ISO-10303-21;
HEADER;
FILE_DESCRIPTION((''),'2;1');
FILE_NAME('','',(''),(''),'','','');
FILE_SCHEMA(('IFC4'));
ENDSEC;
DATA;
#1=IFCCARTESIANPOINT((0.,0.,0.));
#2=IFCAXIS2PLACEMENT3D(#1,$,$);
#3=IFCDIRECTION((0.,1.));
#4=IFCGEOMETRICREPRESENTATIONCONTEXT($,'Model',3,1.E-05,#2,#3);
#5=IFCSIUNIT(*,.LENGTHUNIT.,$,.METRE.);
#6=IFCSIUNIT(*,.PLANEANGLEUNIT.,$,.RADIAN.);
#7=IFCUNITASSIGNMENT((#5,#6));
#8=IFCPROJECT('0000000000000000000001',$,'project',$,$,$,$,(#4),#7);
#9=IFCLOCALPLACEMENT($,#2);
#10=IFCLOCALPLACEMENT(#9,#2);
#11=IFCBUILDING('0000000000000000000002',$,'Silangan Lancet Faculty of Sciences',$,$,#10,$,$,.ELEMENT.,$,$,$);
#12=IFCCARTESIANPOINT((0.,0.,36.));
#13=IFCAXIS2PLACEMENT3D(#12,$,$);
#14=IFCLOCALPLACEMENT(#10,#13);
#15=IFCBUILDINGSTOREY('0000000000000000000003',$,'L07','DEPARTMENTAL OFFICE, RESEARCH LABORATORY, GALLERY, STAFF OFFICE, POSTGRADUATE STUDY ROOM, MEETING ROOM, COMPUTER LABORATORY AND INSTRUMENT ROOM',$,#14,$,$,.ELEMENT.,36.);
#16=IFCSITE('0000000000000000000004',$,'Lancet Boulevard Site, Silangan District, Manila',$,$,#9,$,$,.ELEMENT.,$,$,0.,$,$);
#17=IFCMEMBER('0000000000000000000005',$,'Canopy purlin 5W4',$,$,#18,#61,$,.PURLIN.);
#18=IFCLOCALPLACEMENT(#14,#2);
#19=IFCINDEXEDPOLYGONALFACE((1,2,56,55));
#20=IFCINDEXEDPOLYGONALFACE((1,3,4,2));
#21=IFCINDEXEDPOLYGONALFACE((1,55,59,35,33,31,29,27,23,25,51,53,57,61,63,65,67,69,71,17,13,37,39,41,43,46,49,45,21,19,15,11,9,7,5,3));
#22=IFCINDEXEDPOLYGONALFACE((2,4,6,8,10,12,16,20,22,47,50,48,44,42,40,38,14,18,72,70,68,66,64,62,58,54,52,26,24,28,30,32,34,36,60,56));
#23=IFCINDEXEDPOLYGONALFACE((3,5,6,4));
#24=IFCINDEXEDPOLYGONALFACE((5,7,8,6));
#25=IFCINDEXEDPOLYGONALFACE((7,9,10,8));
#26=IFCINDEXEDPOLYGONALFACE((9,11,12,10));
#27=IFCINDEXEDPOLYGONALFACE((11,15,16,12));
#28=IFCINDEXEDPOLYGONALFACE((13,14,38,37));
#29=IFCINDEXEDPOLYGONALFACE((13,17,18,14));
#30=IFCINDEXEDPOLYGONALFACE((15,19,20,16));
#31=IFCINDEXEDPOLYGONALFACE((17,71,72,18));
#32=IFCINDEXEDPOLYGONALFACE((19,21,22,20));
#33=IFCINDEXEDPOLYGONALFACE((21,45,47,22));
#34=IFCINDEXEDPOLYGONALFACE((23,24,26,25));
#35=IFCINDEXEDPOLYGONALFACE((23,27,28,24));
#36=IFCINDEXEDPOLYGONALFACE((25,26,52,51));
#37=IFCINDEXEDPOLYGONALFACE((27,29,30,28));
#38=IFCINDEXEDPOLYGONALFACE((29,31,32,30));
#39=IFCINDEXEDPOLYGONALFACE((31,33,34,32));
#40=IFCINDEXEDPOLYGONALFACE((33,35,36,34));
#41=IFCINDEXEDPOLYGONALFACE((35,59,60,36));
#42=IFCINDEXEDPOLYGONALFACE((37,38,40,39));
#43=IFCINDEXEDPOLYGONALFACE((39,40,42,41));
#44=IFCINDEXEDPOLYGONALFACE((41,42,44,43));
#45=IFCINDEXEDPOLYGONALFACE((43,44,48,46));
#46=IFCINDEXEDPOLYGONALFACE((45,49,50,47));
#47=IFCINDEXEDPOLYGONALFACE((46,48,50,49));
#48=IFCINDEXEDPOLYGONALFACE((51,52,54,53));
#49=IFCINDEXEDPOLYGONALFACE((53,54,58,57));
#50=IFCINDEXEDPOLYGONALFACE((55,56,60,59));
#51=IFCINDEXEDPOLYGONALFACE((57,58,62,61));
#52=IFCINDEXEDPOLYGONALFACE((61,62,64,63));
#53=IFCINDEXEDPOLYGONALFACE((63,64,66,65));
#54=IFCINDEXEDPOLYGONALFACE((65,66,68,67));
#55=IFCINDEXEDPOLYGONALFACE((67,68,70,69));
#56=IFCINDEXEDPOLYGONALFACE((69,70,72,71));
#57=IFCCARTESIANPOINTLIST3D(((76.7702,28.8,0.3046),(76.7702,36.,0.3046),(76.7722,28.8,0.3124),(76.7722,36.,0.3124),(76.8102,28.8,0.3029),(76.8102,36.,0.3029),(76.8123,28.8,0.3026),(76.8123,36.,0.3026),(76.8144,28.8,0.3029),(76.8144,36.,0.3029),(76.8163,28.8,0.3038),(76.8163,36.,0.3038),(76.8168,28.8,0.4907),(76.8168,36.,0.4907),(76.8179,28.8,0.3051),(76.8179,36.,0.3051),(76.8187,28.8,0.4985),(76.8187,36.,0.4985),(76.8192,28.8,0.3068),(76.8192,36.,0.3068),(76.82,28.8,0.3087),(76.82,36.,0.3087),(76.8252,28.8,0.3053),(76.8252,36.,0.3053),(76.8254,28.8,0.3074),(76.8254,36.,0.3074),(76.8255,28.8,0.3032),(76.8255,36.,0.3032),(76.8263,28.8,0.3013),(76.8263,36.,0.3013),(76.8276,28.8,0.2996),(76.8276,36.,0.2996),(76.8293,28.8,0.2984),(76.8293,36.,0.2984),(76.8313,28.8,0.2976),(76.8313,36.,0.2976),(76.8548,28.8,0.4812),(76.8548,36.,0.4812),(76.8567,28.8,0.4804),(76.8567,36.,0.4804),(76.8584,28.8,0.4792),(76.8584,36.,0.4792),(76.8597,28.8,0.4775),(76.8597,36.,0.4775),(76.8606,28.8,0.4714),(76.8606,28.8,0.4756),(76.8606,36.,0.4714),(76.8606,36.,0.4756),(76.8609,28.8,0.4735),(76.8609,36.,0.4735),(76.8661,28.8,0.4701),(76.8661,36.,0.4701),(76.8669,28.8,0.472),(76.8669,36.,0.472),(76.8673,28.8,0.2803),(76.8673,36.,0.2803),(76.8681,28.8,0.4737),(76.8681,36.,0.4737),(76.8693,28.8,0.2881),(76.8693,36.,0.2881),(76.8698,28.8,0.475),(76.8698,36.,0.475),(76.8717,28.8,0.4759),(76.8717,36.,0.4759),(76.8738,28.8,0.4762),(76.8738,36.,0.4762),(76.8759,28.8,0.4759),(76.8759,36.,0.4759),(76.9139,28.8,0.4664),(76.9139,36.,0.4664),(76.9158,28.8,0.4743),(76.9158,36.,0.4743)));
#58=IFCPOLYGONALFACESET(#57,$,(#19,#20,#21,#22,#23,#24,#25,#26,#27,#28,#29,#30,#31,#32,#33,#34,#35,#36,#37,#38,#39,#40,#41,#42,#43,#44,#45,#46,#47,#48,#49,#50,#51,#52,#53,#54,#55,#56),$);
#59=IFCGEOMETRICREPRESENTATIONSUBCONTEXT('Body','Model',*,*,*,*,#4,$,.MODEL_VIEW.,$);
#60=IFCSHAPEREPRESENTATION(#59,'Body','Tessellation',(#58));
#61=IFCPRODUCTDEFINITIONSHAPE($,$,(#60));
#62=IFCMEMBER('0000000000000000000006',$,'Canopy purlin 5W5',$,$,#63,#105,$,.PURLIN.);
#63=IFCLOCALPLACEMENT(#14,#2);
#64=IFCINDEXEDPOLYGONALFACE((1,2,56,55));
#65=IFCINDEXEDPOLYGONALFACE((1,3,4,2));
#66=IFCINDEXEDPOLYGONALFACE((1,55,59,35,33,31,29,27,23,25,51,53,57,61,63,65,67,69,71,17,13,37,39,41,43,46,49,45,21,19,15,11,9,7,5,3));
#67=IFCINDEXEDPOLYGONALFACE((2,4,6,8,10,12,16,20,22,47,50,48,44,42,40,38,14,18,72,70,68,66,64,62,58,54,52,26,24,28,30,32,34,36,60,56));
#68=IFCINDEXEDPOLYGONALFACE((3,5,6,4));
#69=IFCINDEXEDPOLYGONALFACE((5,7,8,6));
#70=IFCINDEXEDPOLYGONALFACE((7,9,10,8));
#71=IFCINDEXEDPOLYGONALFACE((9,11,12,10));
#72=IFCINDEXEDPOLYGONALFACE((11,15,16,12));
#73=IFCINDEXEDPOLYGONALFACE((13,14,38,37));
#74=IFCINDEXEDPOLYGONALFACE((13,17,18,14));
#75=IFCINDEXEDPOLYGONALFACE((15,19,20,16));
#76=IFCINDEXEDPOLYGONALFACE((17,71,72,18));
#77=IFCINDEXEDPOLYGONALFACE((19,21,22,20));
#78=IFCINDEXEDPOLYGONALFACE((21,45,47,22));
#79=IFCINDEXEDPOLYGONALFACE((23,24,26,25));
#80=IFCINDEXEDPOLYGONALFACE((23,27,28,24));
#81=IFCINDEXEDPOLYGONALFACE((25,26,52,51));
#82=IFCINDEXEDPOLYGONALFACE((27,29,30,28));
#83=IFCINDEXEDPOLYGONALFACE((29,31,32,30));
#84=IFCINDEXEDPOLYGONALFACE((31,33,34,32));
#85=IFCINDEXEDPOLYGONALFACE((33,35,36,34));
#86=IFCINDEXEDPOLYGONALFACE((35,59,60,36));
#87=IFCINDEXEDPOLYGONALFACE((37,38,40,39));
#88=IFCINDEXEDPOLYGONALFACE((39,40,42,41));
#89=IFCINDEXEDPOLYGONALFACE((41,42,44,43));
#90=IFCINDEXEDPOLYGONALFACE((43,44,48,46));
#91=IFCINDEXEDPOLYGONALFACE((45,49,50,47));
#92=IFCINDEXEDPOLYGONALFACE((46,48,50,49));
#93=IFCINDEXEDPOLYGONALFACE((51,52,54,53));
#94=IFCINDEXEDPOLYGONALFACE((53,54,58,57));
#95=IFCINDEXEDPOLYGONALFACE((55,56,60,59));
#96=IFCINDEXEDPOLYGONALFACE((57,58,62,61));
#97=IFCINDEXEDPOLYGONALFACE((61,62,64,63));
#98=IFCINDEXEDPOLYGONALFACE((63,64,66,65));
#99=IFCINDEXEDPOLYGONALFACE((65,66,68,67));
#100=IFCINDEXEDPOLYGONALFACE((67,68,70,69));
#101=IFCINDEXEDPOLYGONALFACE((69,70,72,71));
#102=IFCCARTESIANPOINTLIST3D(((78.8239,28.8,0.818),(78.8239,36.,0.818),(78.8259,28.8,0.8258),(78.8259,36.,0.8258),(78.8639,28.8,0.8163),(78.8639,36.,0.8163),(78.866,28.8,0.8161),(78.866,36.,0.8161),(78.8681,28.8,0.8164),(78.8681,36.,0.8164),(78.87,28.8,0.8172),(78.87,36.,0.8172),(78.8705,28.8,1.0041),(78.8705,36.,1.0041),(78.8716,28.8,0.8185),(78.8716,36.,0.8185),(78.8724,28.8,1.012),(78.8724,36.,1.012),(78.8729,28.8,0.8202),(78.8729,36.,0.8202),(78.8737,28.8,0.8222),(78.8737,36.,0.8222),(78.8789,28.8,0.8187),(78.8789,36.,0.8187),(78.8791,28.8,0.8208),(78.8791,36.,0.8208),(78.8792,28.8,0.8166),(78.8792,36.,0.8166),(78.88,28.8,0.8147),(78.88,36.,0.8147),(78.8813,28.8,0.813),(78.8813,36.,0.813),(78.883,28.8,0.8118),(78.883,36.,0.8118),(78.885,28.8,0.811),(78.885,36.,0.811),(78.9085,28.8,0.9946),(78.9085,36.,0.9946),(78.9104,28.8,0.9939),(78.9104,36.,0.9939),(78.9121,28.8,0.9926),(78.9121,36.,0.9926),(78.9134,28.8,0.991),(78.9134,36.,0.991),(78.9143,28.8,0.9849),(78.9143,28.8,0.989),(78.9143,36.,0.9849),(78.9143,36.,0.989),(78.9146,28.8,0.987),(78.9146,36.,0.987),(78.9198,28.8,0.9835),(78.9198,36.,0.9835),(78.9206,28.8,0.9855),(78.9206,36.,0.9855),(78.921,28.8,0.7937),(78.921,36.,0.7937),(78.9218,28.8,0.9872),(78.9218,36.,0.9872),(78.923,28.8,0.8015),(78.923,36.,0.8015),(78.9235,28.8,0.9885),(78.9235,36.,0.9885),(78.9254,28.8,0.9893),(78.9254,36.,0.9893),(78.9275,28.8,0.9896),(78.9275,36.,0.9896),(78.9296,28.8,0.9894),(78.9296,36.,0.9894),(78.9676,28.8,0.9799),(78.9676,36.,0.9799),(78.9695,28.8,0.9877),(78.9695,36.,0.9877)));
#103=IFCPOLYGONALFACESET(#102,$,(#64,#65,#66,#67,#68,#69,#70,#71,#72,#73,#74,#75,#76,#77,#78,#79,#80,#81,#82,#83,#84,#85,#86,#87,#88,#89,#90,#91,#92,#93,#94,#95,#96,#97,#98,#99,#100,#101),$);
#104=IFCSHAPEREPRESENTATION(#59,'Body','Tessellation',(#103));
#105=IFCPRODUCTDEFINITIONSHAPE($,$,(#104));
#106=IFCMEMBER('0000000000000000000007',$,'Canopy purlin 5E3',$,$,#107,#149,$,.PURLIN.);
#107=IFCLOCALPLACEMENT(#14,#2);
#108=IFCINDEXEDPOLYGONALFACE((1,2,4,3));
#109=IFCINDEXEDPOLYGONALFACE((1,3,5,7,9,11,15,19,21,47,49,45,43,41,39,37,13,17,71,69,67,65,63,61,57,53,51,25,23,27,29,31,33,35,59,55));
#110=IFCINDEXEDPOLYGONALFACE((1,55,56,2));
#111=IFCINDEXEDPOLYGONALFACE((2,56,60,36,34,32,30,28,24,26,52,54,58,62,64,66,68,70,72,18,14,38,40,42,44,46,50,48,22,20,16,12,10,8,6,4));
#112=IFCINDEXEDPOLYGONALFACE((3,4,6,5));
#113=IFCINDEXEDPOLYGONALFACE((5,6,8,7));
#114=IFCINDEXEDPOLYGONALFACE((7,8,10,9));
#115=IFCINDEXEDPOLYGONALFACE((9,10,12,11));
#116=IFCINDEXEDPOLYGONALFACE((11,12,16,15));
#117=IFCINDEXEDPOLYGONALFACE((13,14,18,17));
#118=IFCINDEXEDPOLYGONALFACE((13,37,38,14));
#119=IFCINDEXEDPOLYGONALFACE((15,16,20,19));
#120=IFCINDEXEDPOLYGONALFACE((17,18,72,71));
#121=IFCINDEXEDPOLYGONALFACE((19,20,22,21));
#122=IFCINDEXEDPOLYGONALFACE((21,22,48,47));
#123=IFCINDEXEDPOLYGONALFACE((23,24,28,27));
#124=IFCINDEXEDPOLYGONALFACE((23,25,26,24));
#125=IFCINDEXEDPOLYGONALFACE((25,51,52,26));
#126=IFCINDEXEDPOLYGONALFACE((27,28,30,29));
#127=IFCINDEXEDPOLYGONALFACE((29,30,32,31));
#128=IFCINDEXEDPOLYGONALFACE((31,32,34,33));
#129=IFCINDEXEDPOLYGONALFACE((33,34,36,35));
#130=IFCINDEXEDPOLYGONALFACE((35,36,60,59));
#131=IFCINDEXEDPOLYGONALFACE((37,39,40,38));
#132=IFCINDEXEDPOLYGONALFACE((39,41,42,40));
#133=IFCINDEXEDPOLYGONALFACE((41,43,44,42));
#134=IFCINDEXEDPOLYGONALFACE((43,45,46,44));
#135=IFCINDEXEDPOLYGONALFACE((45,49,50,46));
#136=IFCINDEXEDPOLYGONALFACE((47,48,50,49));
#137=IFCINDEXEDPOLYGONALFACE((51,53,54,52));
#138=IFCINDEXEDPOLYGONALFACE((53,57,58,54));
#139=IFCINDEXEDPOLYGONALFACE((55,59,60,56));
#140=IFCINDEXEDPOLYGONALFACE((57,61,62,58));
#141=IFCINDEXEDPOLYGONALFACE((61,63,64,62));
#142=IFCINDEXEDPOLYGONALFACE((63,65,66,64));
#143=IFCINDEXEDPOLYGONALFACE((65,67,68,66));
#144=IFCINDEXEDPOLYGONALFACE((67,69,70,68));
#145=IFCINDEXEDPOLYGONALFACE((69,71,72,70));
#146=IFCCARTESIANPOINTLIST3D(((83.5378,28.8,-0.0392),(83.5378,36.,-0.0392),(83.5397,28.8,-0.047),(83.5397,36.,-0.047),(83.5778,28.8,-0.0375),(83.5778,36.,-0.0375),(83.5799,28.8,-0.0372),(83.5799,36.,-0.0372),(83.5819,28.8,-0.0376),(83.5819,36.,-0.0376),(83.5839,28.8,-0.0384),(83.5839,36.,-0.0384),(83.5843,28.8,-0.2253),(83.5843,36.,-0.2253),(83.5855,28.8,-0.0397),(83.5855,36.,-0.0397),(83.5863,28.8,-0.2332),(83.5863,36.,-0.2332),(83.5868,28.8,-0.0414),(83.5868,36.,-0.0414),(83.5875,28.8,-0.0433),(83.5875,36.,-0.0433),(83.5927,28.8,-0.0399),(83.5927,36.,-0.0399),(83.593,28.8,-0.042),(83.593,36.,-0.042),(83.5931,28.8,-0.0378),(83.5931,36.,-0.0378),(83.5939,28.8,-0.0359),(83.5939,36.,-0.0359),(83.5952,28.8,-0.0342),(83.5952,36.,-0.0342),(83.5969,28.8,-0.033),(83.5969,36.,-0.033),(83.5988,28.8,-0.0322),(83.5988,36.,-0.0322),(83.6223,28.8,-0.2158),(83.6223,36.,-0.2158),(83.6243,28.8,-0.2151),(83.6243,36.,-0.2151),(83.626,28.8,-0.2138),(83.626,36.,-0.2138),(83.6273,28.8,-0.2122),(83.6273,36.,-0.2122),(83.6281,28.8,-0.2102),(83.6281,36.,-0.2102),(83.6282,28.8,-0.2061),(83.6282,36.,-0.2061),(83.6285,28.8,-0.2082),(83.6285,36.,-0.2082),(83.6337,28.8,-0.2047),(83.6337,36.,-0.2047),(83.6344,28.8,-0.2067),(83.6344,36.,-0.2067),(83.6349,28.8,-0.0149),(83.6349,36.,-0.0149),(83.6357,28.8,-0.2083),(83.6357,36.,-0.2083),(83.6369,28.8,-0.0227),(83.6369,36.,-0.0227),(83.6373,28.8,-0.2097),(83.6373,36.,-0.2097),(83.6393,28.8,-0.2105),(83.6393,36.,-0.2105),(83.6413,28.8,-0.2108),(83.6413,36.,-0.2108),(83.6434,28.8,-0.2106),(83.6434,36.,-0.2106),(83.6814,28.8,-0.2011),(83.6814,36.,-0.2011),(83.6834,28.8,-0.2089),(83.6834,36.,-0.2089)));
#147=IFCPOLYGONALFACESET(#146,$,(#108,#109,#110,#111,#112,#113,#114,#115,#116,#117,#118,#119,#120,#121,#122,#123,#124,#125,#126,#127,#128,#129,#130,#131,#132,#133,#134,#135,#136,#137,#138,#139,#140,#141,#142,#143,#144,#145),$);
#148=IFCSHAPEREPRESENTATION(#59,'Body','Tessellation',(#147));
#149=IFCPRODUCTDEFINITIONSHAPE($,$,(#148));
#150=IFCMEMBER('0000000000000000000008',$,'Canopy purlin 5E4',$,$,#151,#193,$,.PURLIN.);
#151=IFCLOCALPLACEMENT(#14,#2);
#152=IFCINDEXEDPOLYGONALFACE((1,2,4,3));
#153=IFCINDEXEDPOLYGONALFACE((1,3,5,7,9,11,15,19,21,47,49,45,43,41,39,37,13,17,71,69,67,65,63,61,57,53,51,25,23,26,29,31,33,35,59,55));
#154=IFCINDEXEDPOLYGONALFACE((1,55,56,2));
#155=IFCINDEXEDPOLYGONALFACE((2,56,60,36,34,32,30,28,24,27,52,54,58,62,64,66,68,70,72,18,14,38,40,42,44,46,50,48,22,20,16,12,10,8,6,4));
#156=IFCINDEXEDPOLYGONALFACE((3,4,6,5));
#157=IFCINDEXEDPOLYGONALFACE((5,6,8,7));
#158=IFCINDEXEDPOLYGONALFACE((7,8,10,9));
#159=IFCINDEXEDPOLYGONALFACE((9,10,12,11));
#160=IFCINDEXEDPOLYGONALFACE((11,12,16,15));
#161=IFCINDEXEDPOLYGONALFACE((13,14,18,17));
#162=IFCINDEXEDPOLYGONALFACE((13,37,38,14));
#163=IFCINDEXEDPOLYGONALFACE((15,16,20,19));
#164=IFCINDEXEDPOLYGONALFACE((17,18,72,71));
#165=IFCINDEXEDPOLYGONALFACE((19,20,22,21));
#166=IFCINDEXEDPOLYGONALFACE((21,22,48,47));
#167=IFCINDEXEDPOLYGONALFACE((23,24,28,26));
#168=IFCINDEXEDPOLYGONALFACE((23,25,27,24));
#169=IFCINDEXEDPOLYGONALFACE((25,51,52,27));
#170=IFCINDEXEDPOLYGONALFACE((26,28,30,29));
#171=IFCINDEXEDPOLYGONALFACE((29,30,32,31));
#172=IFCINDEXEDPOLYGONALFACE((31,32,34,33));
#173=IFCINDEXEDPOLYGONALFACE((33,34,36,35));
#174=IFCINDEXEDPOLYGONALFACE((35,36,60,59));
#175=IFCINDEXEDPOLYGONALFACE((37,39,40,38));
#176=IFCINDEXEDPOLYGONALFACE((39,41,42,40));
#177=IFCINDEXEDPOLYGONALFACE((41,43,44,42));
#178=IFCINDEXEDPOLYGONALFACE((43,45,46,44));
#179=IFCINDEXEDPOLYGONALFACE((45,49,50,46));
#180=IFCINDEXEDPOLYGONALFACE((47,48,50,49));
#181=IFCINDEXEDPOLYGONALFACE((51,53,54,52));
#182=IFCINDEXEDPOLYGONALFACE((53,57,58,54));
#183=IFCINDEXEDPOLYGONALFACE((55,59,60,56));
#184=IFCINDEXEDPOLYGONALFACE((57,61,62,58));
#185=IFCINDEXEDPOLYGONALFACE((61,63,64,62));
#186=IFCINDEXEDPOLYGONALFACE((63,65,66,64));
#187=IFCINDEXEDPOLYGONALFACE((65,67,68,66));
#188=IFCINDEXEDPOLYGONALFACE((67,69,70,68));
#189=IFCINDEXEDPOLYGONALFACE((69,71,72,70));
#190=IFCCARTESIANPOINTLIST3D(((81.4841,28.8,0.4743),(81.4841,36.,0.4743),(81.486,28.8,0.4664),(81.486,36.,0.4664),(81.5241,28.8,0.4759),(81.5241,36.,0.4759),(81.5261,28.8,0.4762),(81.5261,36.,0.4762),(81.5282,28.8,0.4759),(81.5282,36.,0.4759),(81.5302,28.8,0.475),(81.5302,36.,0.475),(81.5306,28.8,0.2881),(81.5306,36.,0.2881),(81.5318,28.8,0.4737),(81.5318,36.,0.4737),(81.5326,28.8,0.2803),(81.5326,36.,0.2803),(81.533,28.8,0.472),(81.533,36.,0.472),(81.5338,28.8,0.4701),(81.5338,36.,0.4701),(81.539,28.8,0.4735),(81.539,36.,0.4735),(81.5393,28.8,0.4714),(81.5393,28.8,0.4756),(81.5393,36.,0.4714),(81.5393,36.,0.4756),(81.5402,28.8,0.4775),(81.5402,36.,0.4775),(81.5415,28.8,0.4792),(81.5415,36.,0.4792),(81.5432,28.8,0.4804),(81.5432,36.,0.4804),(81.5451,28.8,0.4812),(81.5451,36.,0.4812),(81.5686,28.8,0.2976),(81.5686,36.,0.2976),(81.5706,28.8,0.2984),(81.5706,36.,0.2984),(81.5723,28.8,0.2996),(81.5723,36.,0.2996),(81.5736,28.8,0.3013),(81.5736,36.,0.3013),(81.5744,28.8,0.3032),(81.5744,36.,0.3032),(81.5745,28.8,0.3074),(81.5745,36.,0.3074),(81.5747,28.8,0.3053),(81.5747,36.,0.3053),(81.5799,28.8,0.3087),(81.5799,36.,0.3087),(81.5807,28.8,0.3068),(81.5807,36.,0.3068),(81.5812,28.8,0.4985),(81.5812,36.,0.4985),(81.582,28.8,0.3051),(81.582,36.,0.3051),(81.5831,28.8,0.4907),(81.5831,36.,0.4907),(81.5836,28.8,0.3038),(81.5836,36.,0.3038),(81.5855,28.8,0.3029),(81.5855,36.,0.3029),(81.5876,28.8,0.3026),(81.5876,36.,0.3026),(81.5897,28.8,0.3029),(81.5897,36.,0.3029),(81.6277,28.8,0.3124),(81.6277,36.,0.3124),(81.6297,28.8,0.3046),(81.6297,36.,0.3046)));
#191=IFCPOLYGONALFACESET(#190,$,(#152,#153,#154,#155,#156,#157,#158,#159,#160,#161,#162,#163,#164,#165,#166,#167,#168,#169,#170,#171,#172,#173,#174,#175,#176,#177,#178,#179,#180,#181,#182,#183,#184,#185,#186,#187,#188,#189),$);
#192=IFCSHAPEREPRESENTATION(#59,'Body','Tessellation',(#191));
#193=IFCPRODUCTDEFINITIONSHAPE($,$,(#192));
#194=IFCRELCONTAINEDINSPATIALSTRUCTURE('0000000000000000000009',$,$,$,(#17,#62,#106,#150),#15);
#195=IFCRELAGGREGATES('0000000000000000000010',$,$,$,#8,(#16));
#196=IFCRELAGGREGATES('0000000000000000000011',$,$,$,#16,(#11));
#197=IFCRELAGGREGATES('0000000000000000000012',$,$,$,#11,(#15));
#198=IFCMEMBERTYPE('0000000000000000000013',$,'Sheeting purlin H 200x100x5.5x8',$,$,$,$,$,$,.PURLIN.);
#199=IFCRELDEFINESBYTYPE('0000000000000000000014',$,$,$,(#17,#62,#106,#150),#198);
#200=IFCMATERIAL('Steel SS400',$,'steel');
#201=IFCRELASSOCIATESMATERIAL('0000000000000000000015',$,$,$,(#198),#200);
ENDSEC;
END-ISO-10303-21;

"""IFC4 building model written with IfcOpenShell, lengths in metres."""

from ifc_helpers import new_model, si_unit, direction, frame, origin, origin_2d, place, context, subcontext, project, spatial, i_section, extrude, material, material_profile, profile_set, type_object, element, save


model = new_model("IFC4")

# Units and contexts
model_context = context("Model", 3, precision=1e-05, world=origin(), true_north=direction((0.0, 1.0)))
body_context = subcontext(model_context, "Body", "Model", "MODEL_VIEW")
ifc_project = project(units=[si_unit("LENGTHUNIT", "METRE"), si_unit("PLANEANGLEUNIT", "RADIAN")], contexts=[model_context])

# Site, building, storey
site_placement = place(None, origin())
site = spatial("IfcSite", under=ifc_project, at=site_placement, Name="Lancet Boulevard Site, Silangan District, Manila", CompositionType="ELEMENT", RefElevation=0.0)
building_placement = place(site_placement, origin())
building = spatial("IfcBuilding", under=site, at=building_placement, Name="Silangan Lancet Faculty of Sciences", CompositionType="ELEMENT")
storey_placement = place(building_placement, frame((0.0, 0.0, 36.0)))
storey = spatial("IfcBuildingStorey", under=building, at=storey_placement, Name="L07", Description="DEPARTMENTAL OFFICE, RESEARCH LABORATORY, GALLERY, STAFF OFFICE, POSTGRADUATE STUDY ROOM, MEETING ROOM, COMPUTER LABORATORY AND INSTRUMENT ROOM", CompositionType="ELEMENT", Elevation=36.0)

# Members
ifc_material_1 = material(Name="Steel SS400", Category="steel")
ifc_material_profile_1 = material_profile(ifc_material_1, i_section(OverallWidth=0.1001, OverallDepth=0.2, WebThickness=0.0056, FlangeThickness=0.0081, FilletRadius=0.0081, at=origin_2d()), Name="H 200x100x5.5x8")
ifc_profile_set_1 = profile_set([ifc_material_profile_1], Name="Steel SS400")
member_type_1 = type_object("IfcMemberType", Name="Sheeting purlin H 200x100x5.5x8", PredefinedType="PURLIN", material=ifc_profile_set_1)
for number, where, z_axis, x_axis, name in (
    (1, (76.843, 28.8, 0.3894), (0.0, 1.0, 0.0), (-0.970143, 0.0, 0.242536), "Canopy purlin 5W4"),
    (2, (78.8967, 28.8, 0.9028), (0.0, 1.0, 0.0), (-0.970143, 0.0, 0.242536), "Canopy purlin 5W5"),
    (3, (83.6106, 28.8, -0.124), (0.0, 1.0, 0.0), (-0.970143, 0.0, -0.242536), "Canopy purlin 5E3"),
    (4, (81.5569, 28.8, 0.3894), (0.0, 1.0, 0.0), (-0.970143, 0.0, -0.242536), "Canopy purlin 5E4"),
):
    element("IfcMember", number, at=place(storey_placement, frame(where, z_axis=z_axis, x_axis=x_axis)), inside=storey, type_object=member_type_1, Name=name, PredefinedType="PURLIN", context=body_context, shape_type="SweptSolid", body=[
        extrude(i_section(OverallWidth=0.1001, OverallDepth=0.2, WebThickness=0.0056, FlangeThickness=0.0081, FilletRadius=0.0081, at=origin_2d()), origin(), (0.0, 0.0, 1.0), 7.2),
    ])

save(model, "model.ifc")
